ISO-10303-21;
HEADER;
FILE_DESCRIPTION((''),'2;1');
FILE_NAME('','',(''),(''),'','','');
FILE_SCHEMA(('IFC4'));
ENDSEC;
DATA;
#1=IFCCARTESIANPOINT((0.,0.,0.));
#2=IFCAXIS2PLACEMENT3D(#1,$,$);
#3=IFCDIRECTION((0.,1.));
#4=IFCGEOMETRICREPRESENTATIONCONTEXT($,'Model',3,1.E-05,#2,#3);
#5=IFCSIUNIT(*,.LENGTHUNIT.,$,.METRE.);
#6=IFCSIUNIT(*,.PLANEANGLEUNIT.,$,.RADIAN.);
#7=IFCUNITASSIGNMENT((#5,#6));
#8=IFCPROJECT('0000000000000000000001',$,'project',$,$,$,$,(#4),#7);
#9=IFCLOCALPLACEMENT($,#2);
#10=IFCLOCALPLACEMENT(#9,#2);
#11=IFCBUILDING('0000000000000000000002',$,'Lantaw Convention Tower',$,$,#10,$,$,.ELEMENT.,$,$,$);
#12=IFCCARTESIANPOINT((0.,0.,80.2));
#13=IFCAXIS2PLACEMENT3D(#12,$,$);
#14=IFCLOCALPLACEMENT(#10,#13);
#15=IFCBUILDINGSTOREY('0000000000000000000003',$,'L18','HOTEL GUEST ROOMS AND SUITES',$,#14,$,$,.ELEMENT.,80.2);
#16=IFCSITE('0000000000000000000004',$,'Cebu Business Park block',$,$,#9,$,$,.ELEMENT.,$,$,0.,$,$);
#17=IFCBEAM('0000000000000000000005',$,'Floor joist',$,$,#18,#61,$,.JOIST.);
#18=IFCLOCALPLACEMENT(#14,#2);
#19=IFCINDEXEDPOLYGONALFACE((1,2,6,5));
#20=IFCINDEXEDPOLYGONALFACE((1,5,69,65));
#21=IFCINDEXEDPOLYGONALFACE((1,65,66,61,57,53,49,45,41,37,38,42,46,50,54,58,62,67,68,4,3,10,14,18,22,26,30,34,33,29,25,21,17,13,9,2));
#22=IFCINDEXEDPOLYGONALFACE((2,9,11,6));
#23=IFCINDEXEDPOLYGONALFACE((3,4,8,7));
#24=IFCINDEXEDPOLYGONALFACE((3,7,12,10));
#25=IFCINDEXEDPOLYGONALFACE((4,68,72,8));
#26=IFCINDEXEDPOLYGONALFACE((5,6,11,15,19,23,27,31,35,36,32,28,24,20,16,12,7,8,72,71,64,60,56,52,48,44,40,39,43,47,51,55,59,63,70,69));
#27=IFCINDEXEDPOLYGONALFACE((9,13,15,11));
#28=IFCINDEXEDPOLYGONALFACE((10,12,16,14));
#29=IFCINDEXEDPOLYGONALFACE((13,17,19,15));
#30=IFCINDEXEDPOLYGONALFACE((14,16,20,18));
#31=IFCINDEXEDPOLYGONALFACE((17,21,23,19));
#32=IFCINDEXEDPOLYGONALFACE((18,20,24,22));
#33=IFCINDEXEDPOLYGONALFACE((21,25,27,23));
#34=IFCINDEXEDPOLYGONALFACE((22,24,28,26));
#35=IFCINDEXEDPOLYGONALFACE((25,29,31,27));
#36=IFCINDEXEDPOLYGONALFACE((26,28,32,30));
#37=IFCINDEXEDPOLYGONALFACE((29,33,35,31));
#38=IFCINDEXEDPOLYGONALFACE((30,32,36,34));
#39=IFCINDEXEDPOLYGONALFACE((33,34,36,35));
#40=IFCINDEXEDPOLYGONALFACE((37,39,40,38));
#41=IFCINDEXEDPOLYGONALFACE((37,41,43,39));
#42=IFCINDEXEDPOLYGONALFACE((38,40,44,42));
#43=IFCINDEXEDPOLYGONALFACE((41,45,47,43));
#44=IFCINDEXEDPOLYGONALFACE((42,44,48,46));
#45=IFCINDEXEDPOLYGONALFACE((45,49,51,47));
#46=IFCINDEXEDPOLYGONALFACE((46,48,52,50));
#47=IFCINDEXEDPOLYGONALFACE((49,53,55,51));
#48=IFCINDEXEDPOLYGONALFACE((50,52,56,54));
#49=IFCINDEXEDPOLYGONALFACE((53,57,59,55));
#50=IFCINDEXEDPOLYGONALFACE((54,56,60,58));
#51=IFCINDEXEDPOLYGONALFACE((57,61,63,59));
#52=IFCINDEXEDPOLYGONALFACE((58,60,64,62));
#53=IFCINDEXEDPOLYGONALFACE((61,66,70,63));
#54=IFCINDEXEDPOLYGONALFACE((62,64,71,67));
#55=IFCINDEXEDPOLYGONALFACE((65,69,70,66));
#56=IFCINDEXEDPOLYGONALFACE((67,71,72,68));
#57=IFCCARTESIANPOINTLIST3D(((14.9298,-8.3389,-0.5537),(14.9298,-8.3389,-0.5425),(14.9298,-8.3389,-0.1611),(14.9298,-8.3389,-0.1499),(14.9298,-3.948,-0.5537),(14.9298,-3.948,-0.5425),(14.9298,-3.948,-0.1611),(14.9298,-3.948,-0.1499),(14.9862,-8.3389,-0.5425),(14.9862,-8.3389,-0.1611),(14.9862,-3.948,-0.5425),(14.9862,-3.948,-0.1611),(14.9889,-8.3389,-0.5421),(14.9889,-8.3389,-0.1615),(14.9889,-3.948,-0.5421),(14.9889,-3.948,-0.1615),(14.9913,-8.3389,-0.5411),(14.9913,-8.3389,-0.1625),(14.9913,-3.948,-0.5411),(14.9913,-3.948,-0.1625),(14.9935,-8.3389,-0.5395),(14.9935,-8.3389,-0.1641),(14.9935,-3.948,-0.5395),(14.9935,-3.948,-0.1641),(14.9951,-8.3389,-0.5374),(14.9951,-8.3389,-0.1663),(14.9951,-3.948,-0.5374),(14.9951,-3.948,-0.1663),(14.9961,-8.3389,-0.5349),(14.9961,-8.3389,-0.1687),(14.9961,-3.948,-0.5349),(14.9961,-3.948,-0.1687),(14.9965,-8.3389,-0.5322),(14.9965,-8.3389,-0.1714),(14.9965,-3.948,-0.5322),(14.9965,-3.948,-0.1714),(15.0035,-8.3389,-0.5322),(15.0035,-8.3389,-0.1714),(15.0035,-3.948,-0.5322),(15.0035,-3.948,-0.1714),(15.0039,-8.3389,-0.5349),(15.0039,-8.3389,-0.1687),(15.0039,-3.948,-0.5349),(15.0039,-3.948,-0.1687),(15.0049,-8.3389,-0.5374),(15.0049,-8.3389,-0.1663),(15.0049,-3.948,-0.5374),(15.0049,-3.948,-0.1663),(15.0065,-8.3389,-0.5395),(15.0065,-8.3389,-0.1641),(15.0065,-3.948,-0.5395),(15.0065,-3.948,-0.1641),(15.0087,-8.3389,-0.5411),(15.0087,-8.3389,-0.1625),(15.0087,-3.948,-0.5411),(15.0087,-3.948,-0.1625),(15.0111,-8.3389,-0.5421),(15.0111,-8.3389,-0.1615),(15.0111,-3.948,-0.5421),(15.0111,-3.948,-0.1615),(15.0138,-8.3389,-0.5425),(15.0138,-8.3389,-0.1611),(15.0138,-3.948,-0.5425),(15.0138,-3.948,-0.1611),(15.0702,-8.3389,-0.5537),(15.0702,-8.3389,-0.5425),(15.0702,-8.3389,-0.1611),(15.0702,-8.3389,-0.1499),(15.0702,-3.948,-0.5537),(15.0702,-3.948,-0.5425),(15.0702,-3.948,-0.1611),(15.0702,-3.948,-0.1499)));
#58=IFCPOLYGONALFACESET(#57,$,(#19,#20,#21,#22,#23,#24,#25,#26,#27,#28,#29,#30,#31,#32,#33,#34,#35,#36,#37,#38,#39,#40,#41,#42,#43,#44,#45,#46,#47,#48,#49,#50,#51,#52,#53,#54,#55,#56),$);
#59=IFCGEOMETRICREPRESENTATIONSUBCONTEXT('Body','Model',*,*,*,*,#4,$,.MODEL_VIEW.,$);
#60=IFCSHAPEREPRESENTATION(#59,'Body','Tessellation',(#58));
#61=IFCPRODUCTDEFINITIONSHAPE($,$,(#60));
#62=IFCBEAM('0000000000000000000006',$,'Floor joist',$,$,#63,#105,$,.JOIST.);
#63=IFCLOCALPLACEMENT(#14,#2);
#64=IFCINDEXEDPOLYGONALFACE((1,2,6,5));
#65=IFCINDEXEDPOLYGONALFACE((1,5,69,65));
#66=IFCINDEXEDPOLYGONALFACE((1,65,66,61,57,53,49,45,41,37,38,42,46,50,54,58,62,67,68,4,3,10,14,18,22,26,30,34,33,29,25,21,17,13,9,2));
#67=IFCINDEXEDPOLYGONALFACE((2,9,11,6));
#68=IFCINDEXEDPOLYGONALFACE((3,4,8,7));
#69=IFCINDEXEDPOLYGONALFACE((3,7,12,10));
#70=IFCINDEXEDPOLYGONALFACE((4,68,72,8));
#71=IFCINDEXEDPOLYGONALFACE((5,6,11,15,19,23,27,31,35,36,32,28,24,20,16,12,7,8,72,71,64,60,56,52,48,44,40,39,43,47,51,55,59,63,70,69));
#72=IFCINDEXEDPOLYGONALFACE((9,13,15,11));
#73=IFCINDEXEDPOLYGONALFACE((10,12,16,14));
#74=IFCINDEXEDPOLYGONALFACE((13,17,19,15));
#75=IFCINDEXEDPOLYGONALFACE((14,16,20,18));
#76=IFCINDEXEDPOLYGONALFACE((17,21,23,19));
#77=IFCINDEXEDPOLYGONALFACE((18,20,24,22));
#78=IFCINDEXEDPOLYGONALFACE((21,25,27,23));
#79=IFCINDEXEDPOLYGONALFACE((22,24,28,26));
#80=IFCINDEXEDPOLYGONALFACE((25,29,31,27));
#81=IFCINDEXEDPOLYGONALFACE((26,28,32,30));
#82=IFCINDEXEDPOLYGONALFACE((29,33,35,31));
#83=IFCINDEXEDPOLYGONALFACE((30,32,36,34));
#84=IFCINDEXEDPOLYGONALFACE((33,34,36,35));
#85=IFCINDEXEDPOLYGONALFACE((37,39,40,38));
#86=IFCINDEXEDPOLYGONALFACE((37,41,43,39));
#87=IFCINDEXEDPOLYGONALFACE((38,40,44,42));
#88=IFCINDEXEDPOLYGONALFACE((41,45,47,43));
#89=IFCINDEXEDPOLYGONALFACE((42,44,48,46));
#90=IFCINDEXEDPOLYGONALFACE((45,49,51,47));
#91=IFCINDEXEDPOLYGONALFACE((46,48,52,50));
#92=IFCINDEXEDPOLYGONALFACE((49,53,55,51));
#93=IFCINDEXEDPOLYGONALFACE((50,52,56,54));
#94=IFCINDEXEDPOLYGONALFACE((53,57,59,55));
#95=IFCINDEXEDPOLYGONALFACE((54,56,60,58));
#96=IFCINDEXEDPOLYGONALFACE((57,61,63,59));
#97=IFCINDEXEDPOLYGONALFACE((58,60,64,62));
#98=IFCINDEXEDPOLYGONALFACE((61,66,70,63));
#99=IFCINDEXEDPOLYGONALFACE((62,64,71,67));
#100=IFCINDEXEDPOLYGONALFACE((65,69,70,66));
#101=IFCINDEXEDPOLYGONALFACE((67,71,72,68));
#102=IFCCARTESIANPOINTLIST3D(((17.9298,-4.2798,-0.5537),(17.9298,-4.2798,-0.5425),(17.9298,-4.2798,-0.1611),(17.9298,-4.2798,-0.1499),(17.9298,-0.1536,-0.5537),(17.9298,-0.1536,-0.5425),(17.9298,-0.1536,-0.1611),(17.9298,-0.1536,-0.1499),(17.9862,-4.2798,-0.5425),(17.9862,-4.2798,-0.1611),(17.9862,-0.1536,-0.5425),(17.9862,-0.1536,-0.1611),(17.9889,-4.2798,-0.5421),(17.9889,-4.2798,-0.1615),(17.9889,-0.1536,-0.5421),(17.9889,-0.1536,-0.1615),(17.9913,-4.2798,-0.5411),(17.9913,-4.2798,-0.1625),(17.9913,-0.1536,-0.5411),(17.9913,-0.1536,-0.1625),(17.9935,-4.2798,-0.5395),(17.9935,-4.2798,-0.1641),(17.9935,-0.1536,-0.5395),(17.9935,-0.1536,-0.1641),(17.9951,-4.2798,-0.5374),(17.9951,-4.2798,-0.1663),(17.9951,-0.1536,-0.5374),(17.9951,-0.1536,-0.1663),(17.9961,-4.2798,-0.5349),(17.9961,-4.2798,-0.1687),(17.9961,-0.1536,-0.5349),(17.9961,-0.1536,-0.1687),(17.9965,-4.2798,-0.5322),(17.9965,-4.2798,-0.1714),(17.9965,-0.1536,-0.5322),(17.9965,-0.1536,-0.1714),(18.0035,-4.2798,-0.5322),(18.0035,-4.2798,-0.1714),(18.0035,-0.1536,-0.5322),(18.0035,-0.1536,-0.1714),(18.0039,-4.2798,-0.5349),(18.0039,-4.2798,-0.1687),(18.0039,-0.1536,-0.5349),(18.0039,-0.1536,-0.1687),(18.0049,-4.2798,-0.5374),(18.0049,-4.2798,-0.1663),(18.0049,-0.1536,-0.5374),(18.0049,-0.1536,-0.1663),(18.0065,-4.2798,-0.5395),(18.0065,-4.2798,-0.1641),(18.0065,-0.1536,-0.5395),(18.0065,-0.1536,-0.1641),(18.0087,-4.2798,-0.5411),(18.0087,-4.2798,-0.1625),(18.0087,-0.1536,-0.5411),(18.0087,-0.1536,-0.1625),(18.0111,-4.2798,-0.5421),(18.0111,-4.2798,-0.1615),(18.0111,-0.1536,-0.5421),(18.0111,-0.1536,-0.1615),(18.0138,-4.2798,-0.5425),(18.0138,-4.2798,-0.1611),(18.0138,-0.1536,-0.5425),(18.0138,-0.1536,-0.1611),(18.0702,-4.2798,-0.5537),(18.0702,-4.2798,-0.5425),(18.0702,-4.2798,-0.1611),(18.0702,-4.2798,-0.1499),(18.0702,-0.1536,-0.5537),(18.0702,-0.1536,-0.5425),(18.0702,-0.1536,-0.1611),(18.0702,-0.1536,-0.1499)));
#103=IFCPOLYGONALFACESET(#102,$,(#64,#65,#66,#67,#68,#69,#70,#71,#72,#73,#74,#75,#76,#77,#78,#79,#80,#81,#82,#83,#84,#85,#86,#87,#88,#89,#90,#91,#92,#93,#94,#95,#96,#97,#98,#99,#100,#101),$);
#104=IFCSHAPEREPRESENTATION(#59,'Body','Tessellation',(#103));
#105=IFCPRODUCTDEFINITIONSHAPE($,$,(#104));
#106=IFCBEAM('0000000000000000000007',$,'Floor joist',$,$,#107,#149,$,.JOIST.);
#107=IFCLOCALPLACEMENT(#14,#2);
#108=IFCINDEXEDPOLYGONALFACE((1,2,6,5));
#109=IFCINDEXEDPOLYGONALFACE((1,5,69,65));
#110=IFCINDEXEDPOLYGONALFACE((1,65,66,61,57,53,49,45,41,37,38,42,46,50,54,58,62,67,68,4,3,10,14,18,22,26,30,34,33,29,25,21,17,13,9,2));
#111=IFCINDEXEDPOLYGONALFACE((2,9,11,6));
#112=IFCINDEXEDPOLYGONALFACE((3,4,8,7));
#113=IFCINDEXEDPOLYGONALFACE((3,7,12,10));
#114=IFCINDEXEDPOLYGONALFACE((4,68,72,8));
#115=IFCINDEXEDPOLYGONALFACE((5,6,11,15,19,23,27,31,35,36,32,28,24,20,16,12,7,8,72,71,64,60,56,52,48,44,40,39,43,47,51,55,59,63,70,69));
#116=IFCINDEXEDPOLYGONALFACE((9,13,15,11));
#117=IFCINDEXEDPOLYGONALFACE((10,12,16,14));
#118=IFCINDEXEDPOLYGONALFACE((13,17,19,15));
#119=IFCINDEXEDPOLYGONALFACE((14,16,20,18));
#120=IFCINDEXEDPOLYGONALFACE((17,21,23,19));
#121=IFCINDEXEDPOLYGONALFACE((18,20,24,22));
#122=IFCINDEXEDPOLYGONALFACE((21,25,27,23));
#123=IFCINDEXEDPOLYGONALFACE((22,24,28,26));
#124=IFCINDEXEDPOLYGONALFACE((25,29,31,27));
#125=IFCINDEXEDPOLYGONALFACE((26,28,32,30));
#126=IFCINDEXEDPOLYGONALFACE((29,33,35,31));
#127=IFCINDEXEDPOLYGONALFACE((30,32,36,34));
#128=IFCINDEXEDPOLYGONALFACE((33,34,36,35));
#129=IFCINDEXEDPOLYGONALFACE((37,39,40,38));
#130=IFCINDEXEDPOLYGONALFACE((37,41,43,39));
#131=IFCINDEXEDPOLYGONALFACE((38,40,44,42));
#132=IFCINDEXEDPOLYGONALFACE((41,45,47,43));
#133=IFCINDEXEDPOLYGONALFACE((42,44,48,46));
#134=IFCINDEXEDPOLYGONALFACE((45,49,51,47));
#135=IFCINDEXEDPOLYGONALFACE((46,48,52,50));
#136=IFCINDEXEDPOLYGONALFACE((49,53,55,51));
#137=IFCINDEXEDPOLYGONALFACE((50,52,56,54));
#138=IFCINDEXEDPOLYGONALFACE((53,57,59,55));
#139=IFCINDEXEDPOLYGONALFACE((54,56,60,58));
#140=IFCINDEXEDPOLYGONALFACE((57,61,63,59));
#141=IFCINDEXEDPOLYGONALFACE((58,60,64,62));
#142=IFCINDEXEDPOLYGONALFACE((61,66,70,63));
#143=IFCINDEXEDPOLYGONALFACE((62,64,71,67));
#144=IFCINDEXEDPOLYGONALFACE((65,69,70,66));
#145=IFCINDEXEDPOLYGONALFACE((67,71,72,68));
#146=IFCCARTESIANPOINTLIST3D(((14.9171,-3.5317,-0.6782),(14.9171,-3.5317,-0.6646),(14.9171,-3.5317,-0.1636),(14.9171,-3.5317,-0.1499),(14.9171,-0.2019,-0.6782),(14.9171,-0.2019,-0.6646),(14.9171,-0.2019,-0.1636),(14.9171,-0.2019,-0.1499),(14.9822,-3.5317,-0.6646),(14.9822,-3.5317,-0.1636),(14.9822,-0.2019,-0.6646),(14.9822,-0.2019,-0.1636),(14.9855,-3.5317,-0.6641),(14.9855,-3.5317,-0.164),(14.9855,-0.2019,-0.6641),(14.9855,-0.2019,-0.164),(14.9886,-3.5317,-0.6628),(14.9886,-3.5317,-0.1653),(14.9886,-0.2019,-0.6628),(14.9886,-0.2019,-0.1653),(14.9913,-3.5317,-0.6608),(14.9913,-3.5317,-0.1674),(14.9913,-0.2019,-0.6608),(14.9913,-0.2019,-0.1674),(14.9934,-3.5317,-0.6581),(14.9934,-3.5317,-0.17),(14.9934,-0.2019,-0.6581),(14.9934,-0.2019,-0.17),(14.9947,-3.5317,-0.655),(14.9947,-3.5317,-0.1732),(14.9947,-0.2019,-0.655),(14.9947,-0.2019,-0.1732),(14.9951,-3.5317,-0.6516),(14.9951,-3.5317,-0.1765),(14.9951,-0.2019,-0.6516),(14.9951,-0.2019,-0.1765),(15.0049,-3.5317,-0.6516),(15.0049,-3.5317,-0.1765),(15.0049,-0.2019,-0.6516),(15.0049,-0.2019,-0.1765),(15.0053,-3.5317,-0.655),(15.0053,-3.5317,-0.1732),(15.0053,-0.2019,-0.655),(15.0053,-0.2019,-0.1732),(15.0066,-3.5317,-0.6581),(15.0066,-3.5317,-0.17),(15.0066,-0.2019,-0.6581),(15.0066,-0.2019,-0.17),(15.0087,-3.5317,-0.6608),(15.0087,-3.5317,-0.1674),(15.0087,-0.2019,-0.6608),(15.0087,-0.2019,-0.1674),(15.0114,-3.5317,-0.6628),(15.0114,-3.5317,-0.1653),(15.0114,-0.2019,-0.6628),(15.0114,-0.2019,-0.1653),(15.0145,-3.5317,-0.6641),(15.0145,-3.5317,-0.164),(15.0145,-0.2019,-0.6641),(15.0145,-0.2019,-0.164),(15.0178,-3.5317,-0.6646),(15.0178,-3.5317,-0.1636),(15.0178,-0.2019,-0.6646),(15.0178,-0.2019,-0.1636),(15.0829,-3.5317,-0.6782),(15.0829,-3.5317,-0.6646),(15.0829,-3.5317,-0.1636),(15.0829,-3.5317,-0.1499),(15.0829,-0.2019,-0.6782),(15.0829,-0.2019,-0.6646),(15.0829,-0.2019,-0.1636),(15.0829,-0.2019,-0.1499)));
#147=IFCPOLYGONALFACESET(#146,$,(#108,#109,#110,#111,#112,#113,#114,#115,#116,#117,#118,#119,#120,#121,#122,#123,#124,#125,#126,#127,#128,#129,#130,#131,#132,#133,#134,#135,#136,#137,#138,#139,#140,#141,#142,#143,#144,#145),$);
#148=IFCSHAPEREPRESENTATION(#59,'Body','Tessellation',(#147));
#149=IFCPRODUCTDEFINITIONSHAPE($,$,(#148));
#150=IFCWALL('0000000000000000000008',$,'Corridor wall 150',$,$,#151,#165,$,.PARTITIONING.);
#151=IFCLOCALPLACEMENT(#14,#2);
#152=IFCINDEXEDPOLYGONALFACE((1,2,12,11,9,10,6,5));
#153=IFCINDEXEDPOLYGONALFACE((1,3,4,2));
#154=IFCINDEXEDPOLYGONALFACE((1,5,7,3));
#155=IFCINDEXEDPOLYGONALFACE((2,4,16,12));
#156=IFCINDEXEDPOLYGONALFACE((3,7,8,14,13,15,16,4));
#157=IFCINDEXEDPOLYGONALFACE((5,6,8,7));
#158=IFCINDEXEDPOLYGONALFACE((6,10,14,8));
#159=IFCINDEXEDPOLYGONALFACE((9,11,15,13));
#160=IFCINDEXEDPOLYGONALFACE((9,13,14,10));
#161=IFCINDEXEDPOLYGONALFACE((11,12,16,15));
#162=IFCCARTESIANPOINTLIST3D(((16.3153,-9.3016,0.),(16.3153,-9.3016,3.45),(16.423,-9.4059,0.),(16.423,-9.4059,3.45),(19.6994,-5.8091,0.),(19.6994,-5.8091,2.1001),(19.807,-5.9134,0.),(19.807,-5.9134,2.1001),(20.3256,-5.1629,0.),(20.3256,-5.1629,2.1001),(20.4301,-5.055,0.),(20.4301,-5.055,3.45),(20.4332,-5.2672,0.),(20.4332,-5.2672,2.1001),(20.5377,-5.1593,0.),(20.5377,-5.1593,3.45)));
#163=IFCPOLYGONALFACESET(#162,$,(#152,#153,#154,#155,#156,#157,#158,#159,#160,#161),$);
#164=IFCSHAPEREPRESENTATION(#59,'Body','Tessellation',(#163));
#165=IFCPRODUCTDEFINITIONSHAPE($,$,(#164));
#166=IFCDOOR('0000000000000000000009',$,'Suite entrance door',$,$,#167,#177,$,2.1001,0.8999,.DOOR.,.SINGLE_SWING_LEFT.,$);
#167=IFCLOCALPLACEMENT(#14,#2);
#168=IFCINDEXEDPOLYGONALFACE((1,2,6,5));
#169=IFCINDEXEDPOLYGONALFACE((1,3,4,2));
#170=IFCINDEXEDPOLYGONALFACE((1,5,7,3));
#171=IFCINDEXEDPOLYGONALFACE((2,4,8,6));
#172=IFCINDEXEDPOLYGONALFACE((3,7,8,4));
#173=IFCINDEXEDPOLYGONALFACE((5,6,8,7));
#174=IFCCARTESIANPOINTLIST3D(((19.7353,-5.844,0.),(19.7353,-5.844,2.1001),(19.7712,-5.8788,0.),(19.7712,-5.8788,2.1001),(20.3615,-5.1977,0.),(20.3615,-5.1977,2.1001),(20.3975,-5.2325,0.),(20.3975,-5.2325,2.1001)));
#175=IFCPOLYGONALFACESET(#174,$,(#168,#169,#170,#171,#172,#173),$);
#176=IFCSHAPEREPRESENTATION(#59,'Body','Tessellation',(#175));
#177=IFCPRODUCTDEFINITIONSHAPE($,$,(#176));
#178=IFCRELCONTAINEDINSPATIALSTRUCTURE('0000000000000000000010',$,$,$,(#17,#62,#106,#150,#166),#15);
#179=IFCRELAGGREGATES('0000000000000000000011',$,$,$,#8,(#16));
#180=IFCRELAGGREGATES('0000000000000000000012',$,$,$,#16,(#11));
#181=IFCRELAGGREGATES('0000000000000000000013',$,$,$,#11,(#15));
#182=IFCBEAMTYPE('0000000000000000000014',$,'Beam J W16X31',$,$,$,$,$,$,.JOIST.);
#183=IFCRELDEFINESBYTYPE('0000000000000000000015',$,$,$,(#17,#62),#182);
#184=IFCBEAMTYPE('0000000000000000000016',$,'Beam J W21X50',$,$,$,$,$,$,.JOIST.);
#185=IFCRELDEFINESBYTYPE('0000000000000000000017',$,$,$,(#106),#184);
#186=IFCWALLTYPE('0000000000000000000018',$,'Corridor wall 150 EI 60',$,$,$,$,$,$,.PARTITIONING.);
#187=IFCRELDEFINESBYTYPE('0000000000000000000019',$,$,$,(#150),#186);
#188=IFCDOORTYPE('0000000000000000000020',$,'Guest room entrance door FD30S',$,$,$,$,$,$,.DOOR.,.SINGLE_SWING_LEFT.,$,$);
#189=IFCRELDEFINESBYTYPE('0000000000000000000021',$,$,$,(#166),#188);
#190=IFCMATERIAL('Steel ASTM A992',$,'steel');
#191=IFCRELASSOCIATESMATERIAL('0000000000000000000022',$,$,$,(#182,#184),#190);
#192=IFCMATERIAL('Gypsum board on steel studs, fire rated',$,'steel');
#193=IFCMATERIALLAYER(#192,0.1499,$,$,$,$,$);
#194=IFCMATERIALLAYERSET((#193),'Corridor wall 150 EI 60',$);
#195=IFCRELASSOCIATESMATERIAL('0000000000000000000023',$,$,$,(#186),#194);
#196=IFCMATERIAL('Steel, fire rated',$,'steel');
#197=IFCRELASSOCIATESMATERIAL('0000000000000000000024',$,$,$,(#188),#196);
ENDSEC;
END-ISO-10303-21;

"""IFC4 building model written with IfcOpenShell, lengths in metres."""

from ifc_helpers import new_model, si_unit, direction, frame, frame_2d, origin, origin_2d, place, context, subcontext, project, spatial, rectangle, i_section, extrude, material, layer, layer_set, material_profile, profile_set, type_object, element, fill, save


model = new_model("IFC4")

# Units and contexts
model_context = context("Model", 3, precision=1e-05, world=origin(), true_north=direction((0.0, 1.0)))
body_context = subcontext(model_context, "Body", "Model", "MODEL_VIEW")
ifc_project = project(units=[si_unit("LENGTHUNIT", "METRE"), si_unit("PLANEANGLEUNIT", "RADIAN")], contexts=[model_context])

# Site, building, storey
site_placement = place(None, origin())
site = spatial("IfcSite", under=ifc_project, at=site_placement, Name="Cebu Business Park block", CompositionType="ELEMENT", RefElevation=0.0)
building_placement = place(site_placement, origin())
building = spatial("IfcBuilding", under=site, at=building_placement, Name="Lantaw Convention Tower", CompositionType="ELEMENT")
storey_placement = place(building_placement, frame((0.0, 0.0, 80.2)))
storey = spatial("IfcBuildingStorey", under=building, at=storey_placement, Name="L18", Description="HOTEL GUEST ROOMS AND SUITES", CompositionType="ELEMENT", Elevation=80.2)

# Beams
ifc_material_1 = material(Name="Steel ASTM A992", Category="steel")
ifc_material_profile_1 = material_profile(ifc_material_1, i_section(OverallWidth=0.1404, OverallDepth=0.4038, WebThickness=0.0071, FlangeThickness=0.0112, FilletRadius=0.0103, at=origin_2d()), Name="W16X31")
ifc_profile_set_1 = profile_set([ifc_material_profile_1], Name="Steel ASTM A992")
beam_type_1 = type_object("IfcBeamType", Name="Beam J W16X31", PredefinedType="JOIST", material=ifc_profile_set_1)
beam_1_placement = place(storey_placement, frame((15.0, -8.3389, -0.3518), z_axis=(0.0, 1.0, 0.0), x_axis=(-1.0, 0.0, 0.0)))
element("IfcBeam", 1, at=beam_1_placement, inside=storey, type_object=beam_type_1, Name="Floor joist", PredefinedType="JOIST", context=body_context, shape_type="SweptSolid", body=[
    extrude(i_section(OverallWidth=0.1404, OverallDepth=0.4038, WebThickness=0.0071, FlangeThickness=0.0112, FilletRadius=0.0103, at=origin_2d()), origin(), (0.0, 0.0, 1.0), 4.3909),
])
beam_2_placement = place(storey_placement, frame((18.0, -4.2798, -0.3518), z_axis=(0.0, 1.0, 0.0), x_axis=(-1.0, 0.0, 0.0)))
element("IfcBeam", 2, at=beam_2_placement, inside=storey, type_object=beam_type_1, Name="Floor joist", PredefinedType="JOIST", context=body_context, shape_type="SweptSolid", body=[
    extrude(i_section(OverallWidth=0.1404, OverallDepth=0.4038, WebThickness=0.0071, FlangeThickness=0.0112, FilletRadius=0.0103, at=origin_2d()), origin(), (0.0, 0.0, 1.0), 4.1262),
])
ifc_material_profile_2 = material_profile(ifc_material_1, i_section(OverallWidth=0.1658, OverallDepth=0.5283, WebThickness=0.0098, FlangeThickness=0.0137, FilletRadius=0.0129, at=origin_2d()), Name="W21X50")
ifc_profile_set_2 = profile_set([ifc_material_profile_2], Name="Steel ASTM A992")
beam_type_2 = type_object("IfcBeamType", Name="Beam J W21X50", PredefinedType="JOIST", material=ifc_profile_set_2)
beam_3_placement = place(storey_placement, frame((15.0, -3.5317, -0.4141), z_axis=(0.0, 1.0, 0.0), x_axis=(-1.0, 0.0, 0.0)))
element("IfcBeam", 3, at=beam_3_placement, inside=storey, type_object=beam_type_2, Name="Floor joist", PredefinedType="JOIST", context=body_context, shape_type="SweptSolid", body=[
    extrude(i_section(OverallWidth=0.1658, OverallDepth=0.5283, WebThickness=0.0098, FlangeThickness=0.0137, FilletRadius=0.0129, at=origin_2d()), origin(), (0.0, 0.0, 1.0), 3.3298),
])

# Wall, opening, door
ifc_material_2 = material(Name="Gypsum board on steel studs, fire rated", Category="steel")
ifc_layer = layer(ifc_material_2, 0.1499)
ifc_layer_set = layer_set([ifc_layer], Name="Corridor wall 150 EI 60")
wall_type = type_object("IfcWallType", Name="Corridor wall 150 EI 60", PredefinedType="PARTITIONING", material=ifc_layer_set)
wall_1_placement = place(storey_placement, frame((16.3691, -9.3538, 0.0), z_axis=(0.0, 0.0, 1.0), x_axis=(0.695871, 0.718167, 0.0)))
wall_1 = element("IfcWall", 4, at=wall_1_placement, inside=storey, type_object=wall_type, Name="Corridor wall 150", PredefinedType="PARTITIONING", context=body_context, shape_type="SweptSolid", body=[
    extrude(rectangle(XDim=5.9131, YDim=0.1499, at=frame_2d((2.9565, 0.0))), origin(), (0.0, 0.0, 1.0), 3.45),
])
opening_1_placement = place(wall_1_placement, frame((4.863, 0.0, 0.0)))
opening_1 = element("IfcOpeningElement", 5, at=opening_1_placement, cuts=wall_1, PredefinedType="OPENING", context=body_context, shape_type="SweptSolid", body=[
    extrude(rectangle(XDim=0.8999, YDim=2.1001, at=frame_2d((0.45, 1.05))), frame((0.0, 0.085, 0.0), z_axis=(0.0, -1.0, 0.0), x_axis=(1.0, 0.0, 0.0)), (0.0, 0.0, 1.0), 0.1699),
])
ifc_material_3 = material(Name="Steel, fire rated", Category="steel")
door_type_1 = type_object("IfcDoorType", Name="Guest room entrance door FD30S", OperationType="SINGLE_SWING_LEFT", PredefinedType="DOOR", material=ifc_material_3)
door_1_placement = place(opening_1_placement, origin())
door_1 = element("IfcDoor", 6, at=door_1_placement, inside=storey, type_object=door_type_1, Name="Suite entrance door", OperationType="SINGLE_SWING_LEFT", OverallHeight=2.1001, OverallWidth=0.8999, PredefinedType="DOOR", context=body_context, shape_type="SweptSolid", body=[
    extrude(rectangle(XDim=0.8999, YDim=2.1001, at=frame_2d((0.45, 1.05))), frame((0.0, 0.0249, 0.0), z_axis=(0.0, -1.0, 0.0), x_axis=(1.0, 0.0, 0.0)), (0.0, 0.0, 1.0), 0.05),
])
fill(opening_1, door_1)

save(model, "model.ifc")
